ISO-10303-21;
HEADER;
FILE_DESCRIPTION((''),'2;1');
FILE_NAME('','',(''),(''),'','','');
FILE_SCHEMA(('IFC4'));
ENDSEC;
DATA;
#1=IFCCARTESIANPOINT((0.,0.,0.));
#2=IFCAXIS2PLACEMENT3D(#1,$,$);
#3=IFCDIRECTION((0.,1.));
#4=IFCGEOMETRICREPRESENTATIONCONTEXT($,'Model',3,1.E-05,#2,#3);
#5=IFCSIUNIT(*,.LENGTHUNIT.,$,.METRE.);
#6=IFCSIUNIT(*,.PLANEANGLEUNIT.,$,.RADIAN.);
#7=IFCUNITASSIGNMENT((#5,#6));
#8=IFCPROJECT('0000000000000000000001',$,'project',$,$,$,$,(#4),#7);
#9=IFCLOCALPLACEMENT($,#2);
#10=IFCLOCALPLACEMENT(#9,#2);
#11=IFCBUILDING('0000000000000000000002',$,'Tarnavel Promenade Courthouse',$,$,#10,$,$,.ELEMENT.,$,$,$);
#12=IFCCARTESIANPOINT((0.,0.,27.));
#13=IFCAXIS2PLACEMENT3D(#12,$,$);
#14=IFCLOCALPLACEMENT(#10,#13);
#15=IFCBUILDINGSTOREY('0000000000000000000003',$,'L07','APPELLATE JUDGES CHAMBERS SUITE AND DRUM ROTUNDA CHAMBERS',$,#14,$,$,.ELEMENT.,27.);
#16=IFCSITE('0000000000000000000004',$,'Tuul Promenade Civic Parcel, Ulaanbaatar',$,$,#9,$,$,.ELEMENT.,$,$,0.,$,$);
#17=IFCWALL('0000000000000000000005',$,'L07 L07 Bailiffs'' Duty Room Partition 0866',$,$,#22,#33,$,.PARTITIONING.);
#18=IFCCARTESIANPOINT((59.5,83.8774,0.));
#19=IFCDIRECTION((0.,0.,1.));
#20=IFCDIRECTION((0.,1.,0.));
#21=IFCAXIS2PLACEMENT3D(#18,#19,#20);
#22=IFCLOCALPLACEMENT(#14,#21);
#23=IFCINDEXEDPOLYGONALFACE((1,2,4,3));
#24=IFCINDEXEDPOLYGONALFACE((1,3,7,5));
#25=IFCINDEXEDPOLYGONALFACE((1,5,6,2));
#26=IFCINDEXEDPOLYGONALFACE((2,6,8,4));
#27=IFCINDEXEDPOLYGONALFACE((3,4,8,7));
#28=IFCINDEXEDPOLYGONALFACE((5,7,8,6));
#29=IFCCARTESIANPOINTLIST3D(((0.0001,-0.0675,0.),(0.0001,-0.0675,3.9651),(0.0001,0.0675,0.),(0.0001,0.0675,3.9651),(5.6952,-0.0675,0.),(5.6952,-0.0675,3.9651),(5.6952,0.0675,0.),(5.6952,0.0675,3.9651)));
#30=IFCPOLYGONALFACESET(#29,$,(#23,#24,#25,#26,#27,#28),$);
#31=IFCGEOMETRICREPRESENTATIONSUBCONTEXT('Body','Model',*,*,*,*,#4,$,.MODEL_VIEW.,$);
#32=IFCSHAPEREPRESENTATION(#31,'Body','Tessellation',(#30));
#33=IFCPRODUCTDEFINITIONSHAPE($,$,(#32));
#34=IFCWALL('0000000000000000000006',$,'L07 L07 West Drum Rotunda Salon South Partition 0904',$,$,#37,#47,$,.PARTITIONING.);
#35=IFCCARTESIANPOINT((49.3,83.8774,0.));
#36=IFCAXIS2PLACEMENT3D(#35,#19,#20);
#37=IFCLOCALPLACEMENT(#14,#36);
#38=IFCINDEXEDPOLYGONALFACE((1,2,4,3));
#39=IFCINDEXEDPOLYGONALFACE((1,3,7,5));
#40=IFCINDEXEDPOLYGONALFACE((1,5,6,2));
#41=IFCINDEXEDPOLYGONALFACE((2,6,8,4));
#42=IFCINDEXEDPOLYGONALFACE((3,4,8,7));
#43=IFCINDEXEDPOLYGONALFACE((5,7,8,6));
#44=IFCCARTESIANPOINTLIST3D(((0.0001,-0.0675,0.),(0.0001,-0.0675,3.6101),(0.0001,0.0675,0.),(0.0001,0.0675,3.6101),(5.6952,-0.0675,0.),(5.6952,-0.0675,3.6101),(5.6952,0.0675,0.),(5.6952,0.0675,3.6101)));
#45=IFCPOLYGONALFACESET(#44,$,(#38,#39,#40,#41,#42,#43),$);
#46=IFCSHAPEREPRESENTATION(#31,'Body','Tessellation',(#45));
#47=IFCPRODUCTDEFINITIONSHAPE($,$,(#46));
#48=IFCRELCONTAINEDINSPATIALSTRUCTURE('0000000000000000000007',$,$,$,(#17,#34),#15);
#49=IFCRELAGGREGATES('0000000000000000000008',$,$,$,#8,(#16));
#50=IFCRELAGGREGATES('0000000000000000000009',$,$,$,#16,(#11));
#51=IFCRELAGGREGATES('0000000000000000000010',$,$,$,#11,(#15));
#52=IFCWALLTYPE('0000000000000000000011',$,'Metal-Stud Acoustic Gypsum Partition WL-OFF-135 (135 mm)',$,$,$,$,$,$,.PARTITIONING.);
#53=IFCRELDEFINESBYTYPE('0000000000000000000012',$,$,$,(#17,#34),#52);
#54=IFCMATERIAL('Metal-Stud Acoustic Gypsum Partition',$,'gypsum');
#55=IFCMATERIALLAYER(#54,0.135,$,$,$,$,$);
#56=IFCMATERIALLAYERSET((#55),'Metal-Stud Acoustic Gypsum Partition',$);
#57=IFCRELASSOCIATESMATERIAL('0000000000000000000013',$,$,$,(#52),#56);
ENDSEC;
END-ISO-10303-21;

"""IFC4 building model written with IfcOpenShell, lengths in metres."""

from ifc_helpers import new_model, si_unit, direction, frame, frame_2d, origin, place, context, subcontext, project, spatial, rectangle, extrude, material, layer, layer_set, type_object, element, save


model = new_model("IFC4")

# Units and contexts
model_context = context("Model", 3, precision=1e-05, world=origin(), true_north=direction((0.0, 1.0)))
body_context = subcontext(model_context, "Body", "Model", "MODEL_VIEW")
ifc_project = project(units=[si_unit("LENGTHUNIT", "METRE"), si_unit("PLANEANGLEUNIT", "RADIAN")], contexts=[model_context])

# Site, building, storey
site_placement = place(None, origin())
site = spatial("IfcSite", under=ifc_project, at=site_placement, Name="Tuul Promenade Civic Parcel, Ulaanbaatar", CompositionType="ELEMENT", RefElevation=0.0)
building_placement = place(site_placement, origin())
building = spatial("IfcBuilding", under=site, at=building_placement, Name="Tarnavel Promenade Courthouse", CompositionType="ELEMENT")
storey_placement = place(building_placement, frame((0.0, 0.0, 27.0)))
storey = spatial("IfcBuildingStorey", under=building, at=storey_placement, Name="L07", Description="APPELLATE JUDGES CHAMBERS SUITE AND DRUM ROTUNDA CHAMBERS", CompositionType="ELEMENT", Elevation=27.0)

# Walls
ifc_material_1 = material(Name="Metal-Stud Acoustic Gypsum Partition", Category="gypsum")
ifc_layer_1 = layer(ifc_material_1, 0.135)
ifc_layer_set_1 = layer_set([ifc_layer_1], Name="Metal-Stud Acoustic Gypsum Partition")
wall_type_1 = type_object("IfcWallType", Name="Metal-Stud Acoustic Gypsum Partition WL-OFF-135 (135 mm)", PredefinedType="PARTITIONING", material=ifc_layer_set_1)
wall_1_placement = place(storey_placement, frame((59.5, 83.8774, 0.0), z_axis=(0.0, 0.0, 1.0), x_axis=(0.0, 1.0, 0.0)))
element("IfcWall", 1, at=wall_1_placement, inside=storey, type_object=wall_type_1, Name="L07 L07 Bailiffs' Duty Room Partition 0866", PredefinedType="PARTITIONING", context=body_context, shape_type="SweptSolid", body=[
    extrude(rectangle(XDim=5.6951, YDim=0.135, at=frame_2d((2.8477, 0.0))), origin(), (0.0, 0.0, 1.0), 3.9651),
])
wall_2_placement = place(storey_placement, frame((49.3, 83.8774, 0.0), z_axis=(0.0, 0.0, 1.0), x_axis=(0.0, 1.0, 0.0)))
element("IfcWall", 2, at=wall_2_placement, inside=storey, type_object=wall_type_1, Name="L07 L07 West Drum Rotunda Salon South Partition 0904", PredefinedType="PARTITIONING", context=body_context, shape_type="SweptSolid", body=[
    extrude(rectangle(XDim=5.6951, YDim=0.135, at=frame_2d((2.8477, 0.0))), origin(), (0.0, 0.0, 1.0), 3.6101),
])

save(model, "model.ifc")
